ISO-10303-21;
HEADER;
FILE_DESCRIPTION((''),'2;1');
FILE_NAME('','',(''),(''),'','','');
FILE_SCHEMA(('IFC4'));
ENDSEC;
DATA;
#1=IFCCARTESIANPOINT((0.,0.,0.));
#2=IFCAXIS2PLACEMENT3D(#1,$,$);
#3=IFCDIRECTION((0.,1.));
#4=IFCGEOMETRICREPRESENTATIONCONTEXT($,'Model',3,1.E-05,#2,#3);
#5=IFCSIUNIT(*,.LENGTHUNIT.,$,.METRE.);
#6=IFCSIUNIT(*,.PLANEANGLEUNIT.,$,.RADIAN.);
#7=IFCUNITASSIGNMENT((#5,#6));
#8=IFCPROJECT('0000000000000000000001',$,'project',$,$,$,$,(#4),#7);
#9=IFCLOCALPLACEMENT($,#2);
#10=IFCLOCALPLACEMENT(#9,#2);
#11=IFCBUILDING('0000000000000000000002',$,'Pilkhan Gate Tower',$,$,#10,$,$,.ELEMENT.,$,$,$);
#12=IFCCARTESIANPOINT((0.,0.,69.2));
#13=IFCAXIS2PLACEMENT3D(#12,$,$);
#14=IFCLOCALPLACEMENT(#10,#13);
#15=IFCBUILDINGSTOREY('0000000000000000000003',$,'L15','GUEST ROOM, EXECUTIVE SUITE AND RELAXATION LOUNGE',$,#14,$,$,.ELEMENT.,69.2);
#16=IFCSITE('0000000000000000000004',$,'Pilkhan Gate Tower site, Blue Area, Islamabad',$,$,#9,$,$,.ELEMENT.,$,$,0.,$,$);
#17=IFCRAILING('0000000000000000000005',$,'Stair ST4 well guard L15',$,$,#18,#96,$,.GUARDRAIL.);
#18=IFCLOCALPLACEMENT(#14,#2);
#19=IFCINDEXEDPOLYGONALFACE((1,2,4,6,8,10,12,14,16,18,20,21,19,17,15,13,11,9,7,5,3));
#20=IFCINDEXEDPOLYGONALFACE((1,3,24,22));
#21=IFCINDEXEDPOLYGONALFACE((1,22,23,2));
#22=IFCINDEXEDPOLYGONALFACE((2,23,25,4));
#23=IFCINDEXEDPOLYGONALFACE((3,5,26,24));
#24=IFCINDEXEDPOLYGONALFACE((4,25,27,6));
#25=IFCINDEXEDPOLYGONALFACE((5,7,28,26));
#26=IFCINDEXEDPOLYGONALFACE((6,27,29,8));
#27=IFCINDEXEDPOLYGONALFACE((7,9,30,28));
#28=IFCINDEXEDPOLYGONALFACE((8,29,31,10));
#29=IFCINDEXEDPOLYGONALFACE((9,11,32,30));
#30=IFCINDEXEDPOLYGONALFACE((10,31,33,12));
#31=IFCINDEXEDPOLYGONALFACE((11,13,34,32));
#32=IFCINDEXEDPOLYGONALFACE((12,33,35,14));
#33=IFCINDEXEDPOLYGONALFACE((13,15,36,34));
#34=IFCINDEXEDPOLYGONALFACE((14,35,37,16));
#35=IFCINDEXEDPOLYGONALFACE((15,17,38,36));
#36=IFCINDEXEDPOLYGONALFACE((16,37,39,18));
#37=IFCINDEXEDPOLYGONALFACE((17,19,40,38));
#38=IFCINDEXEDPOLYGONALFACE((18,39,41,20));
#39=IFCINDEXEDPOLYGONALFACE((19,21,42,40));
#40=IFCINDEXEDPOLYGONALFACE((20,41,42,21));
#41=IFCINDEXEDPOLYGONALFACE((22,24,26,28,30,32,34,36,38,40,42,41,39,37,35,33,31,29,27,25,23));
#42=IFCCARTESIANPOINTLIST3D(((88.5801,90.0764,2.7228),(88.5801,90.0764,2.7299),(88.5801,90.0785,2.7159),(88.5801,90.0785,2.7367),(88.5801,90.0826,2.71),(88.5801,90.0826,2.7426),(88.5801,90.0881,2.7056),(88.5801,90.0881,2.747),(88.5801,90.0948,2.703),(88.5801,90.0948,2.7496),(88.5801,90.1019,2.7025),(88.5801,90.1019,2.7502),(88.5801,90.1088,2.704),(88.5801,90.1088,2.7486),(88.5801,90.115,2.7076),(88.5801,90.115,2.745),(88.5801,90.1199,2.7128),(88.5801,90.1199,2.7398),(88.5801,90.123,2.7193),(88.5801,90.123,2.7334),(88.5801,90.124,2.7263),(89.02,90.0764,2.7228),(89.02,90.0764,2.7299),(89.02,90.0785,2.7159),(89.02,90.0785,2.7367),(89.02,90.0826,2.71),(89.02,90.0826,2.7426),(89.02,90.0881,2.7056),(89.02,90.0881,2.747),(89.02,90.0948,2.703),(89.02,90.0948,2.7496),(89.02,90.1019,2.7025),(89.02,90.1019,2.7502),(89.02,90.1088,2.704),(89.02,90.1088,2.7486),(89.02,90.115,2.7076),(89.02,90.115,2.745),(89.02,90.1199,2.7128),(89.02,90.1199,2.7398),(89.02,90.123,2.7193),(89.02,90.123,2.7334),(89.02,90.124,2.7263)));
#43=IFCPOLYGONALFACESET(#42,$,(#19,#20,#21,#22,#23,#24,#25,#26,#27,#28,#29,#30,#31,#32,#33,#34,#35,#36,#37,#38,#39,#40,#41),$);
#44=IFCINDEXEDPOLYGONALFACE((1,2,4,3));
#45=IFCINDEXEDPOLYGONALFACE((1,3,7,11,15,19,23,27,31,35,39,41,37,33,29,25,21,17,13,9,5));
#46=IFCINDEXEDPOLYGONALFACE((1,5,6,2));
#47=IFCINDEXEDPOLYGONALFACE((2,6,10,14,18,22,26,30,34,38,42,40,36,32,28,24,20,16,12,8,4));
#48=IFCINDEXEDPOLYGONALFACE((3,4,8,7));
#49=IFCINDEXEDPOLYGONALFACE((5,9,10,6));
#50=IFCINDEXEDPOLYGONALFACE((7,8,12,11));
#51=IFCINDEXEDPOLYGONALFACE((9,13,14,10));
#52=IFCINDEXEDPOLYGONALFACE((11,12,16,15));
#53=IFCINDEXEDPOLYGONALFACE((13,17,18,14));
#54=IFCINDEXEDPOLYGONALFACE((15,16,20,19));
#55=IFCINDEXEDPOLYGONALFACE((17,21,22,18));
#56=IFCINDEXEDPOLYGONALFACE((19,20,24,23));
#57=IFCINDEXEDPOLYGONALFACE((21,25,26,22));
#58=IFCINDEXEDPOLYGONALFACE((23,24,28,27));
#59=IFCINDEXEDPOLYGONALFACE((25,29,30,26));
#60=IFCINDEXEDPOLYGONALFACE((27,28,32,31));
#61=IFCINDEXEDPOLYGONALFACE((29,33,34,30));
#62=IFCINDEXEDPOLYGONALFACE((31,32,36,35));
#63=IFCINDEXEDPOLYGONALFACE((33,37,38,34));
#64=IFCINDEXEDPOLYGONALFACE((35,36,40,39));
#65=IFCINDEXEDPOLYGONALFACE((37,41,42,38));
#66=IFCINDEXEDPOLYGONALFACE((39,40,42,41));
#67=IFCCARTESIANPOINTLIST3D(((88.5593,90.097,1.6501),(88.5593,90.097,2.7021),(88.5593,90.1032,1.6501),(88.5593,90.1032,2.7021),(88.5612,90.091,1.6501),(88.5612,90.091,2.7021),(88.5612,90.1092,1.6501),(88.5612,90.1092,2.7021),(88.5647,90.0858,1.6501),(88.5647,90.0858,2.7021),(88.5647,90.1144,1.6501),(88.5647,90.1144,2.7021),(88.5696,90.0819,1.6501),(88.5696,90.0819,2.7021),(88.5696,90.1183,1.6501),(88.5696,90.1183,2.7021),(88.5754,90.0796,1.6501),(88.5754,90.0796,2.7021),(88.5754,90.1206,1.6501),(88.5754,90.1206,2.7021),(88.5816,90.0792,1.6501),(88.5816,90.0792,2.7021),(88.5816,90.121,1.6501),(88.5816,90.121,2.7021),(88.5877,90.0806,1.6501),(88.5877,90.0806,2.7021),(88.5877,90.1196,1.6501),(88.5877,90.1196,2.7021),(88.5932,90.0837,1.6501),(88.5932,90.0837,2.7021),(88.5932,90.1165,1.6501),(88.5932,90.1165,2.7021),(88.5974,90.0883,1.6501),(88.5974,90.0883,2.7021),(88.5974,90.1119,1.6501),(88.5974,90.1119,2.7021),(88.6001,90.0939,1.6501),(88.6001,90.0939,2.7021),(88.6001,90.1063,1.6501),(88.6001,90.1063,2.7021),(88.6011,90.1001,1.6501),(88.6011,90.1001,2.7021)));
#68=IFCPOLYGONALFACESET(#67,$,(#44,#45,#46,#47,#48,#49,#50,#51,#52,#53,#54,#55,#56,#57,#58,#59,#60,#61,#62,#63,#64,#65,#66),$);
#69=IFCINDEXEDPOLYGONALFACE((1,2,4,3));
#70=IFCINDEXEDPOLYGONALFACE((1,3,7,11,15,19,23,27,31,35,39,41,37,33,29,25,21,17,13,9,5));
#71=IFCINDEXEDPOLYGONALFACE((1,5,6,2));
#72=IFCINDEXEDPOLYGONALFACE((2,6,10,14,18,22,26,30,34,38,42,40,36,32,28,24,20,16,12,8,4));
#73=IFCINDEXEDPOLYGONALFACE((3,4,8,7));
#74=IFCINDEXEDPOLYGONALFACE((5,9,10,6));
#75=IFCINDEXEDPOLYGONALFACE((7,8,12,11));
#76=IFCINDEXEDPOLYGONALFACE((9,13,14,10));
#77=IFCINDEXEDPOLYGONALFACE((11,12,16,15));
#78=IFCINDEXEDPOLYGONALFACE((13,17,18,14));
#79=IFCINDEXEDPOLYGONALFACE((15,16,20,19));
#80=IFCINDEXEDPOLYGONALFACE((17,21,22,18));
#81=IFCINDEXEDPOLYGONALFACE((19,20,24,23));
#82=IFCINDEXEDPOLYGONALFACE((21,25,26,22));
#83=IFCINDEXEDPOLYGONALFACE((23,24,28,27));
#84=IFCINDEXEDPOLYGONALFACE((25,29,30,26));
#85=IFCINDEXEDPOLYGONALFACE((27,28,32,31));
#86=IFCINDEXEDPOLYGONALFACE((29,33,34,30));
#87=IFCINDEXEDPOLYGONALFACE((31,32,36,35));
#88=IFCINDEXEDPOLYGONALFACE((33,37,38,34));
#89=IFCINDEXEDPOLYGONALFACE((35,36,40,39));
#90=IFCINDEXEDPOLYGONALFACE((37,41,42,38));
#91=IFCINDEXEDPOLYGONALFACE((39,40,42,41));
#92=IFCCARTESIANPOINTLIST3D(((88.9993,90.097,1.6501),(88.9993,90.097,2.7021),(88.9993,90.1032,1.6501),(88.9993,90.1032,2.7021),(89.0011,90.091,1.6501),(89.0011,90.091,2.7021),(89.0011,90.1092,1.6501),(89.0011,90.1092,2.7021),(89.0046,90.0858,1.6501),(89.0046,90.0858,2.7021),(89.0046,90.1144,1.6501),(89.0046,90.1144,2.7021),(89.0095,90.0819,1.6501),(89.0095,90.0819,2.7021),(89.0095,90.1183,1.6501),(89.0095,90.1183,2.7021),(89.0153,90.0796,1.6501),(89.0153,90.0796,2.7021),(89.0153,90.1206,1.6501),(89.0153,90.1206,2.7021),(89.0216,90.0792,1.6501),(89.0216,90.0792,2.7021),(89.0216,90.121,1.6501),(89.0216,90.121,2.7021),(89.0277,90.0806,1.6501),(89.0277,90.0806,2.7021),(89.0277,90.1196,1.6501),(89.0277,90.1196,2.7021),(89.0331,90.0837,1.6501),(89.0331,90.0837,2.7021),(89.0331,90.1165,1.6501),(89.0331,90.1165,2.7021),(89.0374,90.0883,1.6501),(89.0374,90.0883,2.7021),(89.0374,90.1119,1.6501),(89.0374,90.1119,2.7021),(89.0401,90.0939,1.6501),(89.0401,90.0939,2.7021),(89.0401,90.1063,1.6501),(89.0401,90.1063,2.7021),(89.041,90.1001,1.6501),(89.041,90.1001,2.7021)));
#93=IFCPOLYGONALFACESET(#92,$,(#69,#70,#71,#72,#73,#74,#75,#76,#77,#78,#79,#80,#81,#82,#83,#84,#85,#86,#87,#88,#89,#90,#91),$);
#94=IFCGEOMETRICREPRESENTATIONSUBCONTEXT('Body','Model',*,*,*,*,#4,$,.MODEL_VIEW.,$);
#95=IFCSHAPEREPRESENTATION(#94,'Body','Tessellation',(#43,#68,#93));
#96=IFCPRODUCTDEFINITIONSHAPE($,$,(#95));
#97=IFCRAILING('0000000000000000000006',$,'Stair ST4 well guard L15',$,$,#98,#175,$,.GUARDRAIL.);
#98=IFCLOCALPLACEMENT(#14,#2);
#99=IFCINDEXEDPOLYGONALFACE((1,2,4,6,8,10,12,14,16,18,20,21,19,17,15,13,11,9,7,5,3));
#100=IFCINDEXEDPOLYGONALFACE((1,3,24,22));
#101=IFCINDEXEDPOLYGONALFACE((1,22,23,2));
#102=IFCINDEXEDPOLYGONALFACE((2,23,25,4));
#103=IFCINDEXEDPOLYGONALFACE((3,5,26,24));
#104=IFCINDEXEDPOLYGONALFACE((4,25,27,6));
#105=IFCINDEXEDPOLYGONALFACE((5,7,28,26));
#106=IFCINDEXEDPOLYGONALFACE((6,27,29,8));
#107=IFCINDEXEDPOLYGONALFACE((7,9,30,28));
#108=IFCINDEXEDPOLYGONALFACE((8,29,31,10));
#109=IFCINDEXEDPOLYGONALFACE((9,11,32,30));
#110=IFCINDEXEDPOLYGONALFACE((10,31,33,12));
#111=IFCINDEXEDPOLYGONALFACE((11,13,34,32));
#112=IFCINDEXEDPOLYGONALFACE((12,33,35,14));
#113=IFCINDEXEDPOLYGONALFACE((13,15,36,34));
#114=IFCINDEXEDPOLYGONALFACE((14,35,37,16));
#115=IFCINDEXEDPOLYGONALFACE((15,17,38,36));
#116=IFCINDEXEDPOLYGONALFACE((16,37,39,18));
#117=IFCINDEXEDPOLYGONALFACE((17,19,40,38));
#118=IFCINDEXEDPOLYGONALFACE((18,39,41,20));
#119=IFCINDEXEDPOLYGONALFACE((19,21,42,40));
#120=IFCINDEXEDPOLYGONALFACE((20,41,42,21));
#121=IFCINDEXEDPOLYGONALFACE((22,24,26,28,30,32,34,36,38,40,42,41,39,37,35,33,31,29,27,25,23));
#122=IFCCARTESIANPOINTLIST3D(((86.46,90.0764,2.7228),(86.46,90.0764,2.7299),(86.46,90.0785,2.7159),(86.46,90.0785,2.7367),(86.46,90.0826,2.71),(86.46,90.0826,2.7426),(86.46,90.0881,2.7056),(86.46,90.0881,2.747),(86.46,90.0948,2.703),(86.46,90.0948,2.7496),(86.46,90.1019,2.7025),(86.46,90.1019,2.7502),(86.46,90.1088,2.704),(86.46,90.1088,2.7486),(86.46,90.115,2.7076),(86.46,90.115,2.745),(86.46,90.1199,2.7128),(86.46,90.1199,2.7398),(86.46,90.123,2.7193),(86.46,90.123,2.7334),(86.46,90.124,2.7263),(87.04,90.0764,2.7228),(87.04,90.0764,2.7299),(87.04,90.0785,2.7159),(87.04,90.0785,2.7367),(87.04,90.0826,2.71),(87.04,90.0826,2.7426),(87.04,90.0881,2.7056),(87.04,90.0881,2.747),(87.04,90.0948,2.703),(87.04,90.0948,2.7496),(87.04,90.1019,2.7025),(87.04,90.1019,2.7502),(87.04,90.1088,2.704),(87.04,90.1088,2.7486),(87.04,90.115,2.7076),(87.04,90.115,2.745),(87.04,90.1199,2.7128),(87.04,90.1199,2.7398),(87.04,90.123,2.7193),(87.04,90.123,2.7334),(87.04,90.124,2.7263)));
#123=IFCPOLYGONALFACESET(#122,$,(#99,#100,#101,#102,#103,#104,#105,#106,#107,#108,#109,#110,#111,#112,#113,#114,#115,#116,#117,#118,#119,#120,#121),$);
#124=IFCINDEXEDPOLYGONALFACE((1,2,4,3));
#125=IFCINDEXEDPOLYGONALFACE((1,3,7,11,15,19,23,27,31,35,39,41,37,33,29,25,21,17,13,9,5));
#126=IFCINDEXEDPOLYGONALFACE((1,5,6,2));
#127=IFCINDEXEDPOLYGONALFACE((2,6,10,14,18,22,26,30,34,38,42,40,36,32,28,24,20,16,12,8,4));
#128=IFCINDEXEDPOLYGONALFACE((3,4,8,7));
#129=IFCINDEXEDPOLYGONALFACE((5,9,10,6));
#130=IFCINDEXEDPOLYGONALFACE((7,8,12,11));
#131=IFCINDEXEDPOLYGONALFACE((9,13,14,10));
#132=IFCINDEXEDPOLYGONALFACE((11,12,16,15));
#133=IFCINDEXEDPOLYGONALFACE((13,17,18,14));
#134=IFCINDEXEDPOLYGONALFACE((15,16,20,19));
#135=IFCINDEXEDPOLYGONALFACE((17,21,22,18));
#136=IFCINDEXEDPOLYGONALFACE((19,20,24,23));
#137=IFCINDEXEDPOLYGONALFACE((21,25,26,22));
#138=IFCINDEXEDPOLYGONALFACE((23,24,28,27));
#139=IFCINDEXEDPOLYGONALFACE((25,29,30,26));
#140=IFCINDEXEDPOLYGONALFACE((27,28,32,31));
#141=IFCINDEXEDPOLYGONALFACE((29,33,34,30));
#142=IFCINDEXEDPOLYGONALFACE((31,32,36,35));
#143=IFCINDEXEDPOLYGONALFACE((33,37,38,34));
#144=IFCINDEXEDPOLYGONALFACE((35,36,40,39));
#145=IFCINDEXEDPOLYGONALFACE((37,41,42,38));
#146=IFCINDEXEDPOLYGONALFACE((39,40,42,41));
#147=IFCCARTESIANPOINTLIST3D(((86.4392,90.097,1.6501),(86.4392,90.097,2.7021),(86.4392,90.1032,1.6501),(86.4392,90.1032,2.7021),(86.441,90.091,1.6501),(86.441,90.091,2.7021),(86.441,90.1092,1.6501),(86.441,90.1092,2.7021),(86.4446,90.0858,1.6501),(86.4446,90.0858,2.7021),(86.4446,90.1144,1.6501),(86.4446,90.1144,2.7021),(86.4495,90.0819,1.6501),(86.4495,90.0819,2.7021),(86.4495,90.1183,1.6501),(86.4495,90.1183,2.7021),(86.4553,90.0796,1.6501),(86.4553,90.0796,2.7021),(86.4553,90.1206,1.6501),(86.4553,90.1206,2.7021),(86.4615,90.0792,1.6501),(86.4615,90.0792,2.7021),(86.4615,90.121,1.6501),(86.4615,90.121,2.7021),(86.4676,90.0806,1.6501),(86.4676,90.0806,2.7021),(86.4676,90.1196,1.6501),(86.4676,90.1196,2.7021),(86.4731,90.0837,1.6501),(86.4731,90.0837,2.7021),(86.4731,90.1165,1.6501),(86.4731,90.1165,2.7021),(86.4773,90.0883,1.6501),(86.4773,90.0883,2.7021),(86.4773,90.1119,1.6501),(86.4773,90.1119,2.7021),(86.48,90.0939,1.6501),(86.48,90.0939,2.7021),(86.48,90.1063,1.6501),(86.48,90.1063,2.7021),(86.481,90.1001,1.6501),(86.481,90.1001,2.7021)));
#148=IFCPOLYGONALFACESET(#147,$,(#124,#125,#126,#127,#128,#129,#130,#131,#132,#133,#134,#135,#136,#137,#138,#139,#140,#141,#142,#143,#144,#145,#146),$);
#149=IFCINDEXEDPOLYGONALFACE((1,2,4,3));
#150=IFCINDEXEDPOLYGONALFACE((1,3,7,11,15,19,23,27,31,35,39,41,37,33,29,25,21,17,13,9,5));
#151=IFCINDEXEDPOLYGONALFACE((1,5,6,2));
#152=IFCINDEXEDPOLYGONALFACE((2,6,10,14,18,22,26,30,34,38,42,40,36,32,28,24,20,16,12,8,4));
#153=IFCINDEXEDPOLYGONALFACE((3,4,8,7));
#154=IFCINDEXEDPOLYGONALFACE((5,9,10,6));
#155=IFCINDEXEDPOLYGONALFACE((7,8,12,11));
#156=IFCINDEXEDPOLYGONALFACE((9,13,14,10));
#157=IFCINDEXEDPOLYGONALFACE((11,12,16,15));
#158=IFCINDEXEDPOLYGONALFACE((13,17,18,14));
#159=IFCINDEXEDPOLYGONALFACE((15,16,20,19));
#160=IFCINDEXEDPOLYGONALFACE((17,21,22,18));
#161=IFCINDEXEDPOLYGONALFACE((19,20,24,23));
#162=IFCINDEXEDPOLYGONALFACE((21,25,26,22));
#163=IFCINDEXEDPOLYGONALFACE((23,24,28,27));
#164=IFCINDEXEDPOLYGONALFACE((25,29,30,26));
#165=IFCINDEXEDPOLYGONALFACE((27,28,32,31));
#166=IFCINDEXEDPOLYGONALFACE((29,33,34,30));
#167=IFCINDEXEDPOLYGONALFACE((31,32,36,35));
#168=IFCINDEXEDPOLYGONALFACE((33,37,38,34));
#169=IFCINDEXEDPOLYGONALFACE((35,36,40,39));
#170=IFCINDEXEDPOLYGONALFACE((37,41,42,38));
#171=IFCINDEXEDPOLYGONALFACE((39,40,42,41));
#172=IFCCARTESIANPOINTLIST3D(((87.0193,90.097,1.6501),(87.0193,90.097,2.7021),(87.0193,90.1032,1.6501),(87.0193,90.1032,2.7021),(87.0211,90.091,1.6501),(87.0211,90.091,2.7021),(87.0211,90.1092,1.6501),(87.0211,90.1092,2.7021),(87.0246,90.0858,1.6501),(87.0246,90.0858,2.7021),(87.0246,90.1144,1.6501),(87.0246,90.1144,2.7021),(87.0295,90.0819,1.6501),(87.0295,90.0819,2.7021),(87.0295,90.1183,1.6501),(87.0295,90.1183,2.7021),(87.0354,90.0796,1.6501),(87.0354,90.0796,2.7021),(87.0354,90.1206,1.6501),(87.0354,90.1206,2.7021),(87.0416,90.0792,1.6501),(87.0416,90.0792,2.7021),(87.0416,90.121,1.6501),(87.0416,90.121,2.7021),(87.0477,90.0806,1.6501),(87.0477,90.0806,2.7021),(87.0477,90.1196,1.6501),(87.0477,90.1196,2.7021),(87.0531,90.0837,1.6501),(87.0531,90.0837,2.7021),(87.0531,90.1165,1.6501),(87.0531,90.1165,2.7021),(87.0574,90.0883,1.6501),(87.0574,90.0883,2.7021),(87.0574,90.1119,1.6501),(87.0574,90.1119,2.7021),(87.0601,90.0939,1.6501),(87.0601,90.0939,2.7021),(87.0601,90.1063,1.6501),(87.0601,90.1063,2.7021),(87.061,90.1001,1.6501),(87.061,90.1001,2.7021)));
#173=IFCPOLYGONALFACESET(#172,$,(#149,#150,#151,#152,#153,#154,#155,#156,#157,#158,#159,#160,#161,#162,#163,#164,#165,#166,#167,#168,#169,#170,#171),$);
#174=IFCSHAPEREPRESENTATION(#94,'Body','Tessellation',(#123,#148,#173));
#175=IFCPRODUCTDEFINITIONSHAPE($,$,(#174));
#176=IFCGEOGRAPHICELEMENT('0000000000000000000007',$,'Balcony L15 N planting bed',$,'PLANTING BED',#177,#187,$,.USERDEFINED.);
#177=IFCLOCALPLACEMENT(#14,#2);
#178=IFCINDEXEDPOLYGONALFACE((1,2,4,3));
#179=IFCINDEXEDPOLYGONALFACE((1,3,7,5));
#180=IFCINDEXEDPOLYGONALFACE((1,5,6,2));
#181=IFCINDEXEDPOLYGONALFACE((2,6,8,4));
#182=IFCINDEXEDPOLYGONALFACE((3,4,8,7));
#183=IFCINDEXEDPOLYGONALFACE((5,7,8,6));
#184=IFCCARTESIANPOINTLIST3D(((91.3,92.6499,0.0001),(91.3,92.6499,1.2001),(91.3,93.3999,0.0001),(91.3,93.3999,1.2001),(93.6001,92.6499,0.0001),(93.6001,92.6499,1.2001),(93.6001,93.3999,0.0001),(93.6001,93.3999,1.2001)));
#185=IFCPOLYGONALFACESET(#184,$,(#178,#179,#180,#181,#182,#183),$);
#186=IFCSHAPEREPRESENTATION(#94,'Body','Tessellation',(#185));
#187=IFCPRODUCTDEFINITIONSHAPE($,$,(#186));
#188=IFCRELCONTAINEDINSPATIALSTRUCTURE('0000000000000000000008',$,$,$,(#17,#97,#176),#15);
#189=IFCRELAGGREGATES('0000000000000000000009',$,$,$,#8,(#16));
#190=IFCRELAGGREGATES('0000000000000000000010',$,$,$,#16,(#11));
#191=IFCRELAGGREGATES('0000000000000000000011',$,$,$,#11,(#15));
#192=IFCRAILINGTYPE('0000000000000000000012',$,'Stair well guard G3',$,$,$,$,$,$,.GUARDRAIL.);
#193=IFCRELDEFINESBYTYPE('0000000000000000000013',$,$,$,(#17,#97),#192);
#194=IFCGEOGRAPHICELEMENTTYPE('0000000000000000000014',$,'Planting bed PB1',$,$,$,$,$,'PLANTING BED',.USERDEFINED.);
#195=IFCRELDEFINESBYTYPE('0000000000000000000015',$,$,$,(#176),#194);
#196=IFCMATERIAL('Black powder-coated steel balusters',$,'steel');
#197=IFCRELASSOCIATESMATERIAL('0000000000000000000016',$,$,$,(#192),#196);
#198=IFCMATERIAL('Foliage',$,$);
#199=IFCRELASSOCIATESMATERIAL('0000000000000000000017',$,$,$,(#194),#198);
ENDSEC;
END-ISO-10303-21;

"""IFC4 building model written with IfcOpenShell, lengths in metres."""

from ifc_helpers import new_model, si_unit, direction, frame, origin, origin_2d, place, context, subcontext, project, spatial, rectangle, circle, extrude, material, material_profile, profile_set, type_object, element, save


model = new_model("IFC4")

# Units and contexts
model_context = context("Model", 3, precision=1e-05, world=origin(), true_north=direction((0.0, 1.0)))
body_context = subcontext(model_context, "Body", "Model", "MODEL_VIEW")
ifc_project = project(units=[si_unit("LENGTHUNIT", "METRE"), si_unit("PLANEANGLEUNIT", "RADIAN")], contexts=[model_context])

# Site, building, storey
site_placement = place(None, origin())
site = spatial("IfcSite", under=ifc_project, at=site_placement, Name="Pilkhan Gate Tower site, Blue Area, Islamabad", CompositionType="ELEMENT", RefElevation=0.0)
building_placement = place(site_placement, origin())
building = spatial("IfcBuilding", under=site, at=building_placement, Name="Pilkhan Gate Tower", CompositionType="ELEMENT")
storey_placement = place(building_placement, frame((0.0, 0.0, 69.2)))
storey = spatial("IfcBuildingStorey", under=building, at=storey_placement, Name="L15", Description="GUEST ROOM, EXECUTIVE SUITE AND RELAXATION LOUNGE", CompositionType="ELEMENT", Elevation=69.2)

# Railings
ifc_material_1 = material(Name="Black powder-coated steel balusters", Category="steel")
railing_type_1 = type_object("IfcRailingType", Name="Stair well guard G3", PredefinedType="GUARDRAIL", material=ifc_material_1)
railing_1_placement = place(storey_placement, frame((88.5801, 90.1001, 1.6501)))
element("IfcRailing", 1, at=railing_1_placement, inside=storey, type_object=railing_type_1, Name="Stair ST4 well guard L15", PredefinedType="GUARDRAIL", context=body_context, shape_type="SweptSolid", body=[
    extrude(circle(Radius=0.0239, at=origin_2d()), frame((0.0, 0.0, 1.0762), z_axis=(1.0, 0.0, 0.0), x_axis=(0.0, 1.0, 0.0)), (0.0, 0.0, 1.0), 0.4399),
    extrude(circle(Radius=0.021, at=origin_2d()), origin(), (0.0, 0.0, 1.0), 1.052),
    extrude(circle(Radius=0.021, at=origin_2d()), frame((0.4399, 0.0, 0.0)), (0.0, 0.0, 1.0), 1.052),
])
railing_2_placement = place(storey_placement, frame((86.46, 90.1001, 1.6501)))
element("IfcRailing", 2, at=railing_2_placement, inside=storey, type_object=railing_type_1, Name="Stair ST4 well guard L15", PredefinedType="GUARDRAIL", context=body_context, shape_type="SweptSolid", body=[
    extrude(circle(Radius=0.0239, at=origin_2d()), frame((0.0, 0.0, 1.0762), z_axis=(1.0, 0.0, 0.0), x_axis=(0.0, 1.0, 0.0)), (0.0, 0.0, 1.0), 0.5801),
    extrude(circle(Radius=0.021, at=origin_2d()), origin(), (0.0, 0.0, 1.0), 1.052),
    extrude(circle(Radius=0.021, at=origin_2d()), frame((0.5801, 0.0, 0.0)), (0.0, 0.0, 1.0), 1.052),
])

# Geographic element
ifc_material_2 = material(Name="Foliage")
ifc_material_profile_1 = material_profile(ifc_material_2, rectangle(XDim=0.75, YDim=1.2, at=origin_2d()), Name="Bed 750x1200")
ifc_profile_set_1 = profile_set([ifc_material_profile_1], Name="Foliage")
geographic_element_type = type_object("IfcGeographicElementType", Name="Planting bed PB1", ElementType="PLANTING BED", PredefinedType="USERDEFINED", material=ifc_profile_set_1)
geographic_element_placement = place(storey_placement, frame((91.3, 93.0249, 0.6001), z_axis=(1.0, 0.0, 0.0), x_axis=(0.0, 1.0, 0.0)))
element("IfcGeographicElement", 3, at=geographic_element_placement, inside=storey, type_object=geographic_element_type, Name="Balcony L15 N planting bed", ObjectType="PLANTING BED", PredefinedType="USERDEFINED", context=body_context, shape_type="SweptSolid", body=[
    extrude(rectangle(XDim=0.75, YDim=1.2, at=origin_2d()), origin(), (0.0, 0.0, 1.0), 2.3),
])

save(model, "model.ifc")
